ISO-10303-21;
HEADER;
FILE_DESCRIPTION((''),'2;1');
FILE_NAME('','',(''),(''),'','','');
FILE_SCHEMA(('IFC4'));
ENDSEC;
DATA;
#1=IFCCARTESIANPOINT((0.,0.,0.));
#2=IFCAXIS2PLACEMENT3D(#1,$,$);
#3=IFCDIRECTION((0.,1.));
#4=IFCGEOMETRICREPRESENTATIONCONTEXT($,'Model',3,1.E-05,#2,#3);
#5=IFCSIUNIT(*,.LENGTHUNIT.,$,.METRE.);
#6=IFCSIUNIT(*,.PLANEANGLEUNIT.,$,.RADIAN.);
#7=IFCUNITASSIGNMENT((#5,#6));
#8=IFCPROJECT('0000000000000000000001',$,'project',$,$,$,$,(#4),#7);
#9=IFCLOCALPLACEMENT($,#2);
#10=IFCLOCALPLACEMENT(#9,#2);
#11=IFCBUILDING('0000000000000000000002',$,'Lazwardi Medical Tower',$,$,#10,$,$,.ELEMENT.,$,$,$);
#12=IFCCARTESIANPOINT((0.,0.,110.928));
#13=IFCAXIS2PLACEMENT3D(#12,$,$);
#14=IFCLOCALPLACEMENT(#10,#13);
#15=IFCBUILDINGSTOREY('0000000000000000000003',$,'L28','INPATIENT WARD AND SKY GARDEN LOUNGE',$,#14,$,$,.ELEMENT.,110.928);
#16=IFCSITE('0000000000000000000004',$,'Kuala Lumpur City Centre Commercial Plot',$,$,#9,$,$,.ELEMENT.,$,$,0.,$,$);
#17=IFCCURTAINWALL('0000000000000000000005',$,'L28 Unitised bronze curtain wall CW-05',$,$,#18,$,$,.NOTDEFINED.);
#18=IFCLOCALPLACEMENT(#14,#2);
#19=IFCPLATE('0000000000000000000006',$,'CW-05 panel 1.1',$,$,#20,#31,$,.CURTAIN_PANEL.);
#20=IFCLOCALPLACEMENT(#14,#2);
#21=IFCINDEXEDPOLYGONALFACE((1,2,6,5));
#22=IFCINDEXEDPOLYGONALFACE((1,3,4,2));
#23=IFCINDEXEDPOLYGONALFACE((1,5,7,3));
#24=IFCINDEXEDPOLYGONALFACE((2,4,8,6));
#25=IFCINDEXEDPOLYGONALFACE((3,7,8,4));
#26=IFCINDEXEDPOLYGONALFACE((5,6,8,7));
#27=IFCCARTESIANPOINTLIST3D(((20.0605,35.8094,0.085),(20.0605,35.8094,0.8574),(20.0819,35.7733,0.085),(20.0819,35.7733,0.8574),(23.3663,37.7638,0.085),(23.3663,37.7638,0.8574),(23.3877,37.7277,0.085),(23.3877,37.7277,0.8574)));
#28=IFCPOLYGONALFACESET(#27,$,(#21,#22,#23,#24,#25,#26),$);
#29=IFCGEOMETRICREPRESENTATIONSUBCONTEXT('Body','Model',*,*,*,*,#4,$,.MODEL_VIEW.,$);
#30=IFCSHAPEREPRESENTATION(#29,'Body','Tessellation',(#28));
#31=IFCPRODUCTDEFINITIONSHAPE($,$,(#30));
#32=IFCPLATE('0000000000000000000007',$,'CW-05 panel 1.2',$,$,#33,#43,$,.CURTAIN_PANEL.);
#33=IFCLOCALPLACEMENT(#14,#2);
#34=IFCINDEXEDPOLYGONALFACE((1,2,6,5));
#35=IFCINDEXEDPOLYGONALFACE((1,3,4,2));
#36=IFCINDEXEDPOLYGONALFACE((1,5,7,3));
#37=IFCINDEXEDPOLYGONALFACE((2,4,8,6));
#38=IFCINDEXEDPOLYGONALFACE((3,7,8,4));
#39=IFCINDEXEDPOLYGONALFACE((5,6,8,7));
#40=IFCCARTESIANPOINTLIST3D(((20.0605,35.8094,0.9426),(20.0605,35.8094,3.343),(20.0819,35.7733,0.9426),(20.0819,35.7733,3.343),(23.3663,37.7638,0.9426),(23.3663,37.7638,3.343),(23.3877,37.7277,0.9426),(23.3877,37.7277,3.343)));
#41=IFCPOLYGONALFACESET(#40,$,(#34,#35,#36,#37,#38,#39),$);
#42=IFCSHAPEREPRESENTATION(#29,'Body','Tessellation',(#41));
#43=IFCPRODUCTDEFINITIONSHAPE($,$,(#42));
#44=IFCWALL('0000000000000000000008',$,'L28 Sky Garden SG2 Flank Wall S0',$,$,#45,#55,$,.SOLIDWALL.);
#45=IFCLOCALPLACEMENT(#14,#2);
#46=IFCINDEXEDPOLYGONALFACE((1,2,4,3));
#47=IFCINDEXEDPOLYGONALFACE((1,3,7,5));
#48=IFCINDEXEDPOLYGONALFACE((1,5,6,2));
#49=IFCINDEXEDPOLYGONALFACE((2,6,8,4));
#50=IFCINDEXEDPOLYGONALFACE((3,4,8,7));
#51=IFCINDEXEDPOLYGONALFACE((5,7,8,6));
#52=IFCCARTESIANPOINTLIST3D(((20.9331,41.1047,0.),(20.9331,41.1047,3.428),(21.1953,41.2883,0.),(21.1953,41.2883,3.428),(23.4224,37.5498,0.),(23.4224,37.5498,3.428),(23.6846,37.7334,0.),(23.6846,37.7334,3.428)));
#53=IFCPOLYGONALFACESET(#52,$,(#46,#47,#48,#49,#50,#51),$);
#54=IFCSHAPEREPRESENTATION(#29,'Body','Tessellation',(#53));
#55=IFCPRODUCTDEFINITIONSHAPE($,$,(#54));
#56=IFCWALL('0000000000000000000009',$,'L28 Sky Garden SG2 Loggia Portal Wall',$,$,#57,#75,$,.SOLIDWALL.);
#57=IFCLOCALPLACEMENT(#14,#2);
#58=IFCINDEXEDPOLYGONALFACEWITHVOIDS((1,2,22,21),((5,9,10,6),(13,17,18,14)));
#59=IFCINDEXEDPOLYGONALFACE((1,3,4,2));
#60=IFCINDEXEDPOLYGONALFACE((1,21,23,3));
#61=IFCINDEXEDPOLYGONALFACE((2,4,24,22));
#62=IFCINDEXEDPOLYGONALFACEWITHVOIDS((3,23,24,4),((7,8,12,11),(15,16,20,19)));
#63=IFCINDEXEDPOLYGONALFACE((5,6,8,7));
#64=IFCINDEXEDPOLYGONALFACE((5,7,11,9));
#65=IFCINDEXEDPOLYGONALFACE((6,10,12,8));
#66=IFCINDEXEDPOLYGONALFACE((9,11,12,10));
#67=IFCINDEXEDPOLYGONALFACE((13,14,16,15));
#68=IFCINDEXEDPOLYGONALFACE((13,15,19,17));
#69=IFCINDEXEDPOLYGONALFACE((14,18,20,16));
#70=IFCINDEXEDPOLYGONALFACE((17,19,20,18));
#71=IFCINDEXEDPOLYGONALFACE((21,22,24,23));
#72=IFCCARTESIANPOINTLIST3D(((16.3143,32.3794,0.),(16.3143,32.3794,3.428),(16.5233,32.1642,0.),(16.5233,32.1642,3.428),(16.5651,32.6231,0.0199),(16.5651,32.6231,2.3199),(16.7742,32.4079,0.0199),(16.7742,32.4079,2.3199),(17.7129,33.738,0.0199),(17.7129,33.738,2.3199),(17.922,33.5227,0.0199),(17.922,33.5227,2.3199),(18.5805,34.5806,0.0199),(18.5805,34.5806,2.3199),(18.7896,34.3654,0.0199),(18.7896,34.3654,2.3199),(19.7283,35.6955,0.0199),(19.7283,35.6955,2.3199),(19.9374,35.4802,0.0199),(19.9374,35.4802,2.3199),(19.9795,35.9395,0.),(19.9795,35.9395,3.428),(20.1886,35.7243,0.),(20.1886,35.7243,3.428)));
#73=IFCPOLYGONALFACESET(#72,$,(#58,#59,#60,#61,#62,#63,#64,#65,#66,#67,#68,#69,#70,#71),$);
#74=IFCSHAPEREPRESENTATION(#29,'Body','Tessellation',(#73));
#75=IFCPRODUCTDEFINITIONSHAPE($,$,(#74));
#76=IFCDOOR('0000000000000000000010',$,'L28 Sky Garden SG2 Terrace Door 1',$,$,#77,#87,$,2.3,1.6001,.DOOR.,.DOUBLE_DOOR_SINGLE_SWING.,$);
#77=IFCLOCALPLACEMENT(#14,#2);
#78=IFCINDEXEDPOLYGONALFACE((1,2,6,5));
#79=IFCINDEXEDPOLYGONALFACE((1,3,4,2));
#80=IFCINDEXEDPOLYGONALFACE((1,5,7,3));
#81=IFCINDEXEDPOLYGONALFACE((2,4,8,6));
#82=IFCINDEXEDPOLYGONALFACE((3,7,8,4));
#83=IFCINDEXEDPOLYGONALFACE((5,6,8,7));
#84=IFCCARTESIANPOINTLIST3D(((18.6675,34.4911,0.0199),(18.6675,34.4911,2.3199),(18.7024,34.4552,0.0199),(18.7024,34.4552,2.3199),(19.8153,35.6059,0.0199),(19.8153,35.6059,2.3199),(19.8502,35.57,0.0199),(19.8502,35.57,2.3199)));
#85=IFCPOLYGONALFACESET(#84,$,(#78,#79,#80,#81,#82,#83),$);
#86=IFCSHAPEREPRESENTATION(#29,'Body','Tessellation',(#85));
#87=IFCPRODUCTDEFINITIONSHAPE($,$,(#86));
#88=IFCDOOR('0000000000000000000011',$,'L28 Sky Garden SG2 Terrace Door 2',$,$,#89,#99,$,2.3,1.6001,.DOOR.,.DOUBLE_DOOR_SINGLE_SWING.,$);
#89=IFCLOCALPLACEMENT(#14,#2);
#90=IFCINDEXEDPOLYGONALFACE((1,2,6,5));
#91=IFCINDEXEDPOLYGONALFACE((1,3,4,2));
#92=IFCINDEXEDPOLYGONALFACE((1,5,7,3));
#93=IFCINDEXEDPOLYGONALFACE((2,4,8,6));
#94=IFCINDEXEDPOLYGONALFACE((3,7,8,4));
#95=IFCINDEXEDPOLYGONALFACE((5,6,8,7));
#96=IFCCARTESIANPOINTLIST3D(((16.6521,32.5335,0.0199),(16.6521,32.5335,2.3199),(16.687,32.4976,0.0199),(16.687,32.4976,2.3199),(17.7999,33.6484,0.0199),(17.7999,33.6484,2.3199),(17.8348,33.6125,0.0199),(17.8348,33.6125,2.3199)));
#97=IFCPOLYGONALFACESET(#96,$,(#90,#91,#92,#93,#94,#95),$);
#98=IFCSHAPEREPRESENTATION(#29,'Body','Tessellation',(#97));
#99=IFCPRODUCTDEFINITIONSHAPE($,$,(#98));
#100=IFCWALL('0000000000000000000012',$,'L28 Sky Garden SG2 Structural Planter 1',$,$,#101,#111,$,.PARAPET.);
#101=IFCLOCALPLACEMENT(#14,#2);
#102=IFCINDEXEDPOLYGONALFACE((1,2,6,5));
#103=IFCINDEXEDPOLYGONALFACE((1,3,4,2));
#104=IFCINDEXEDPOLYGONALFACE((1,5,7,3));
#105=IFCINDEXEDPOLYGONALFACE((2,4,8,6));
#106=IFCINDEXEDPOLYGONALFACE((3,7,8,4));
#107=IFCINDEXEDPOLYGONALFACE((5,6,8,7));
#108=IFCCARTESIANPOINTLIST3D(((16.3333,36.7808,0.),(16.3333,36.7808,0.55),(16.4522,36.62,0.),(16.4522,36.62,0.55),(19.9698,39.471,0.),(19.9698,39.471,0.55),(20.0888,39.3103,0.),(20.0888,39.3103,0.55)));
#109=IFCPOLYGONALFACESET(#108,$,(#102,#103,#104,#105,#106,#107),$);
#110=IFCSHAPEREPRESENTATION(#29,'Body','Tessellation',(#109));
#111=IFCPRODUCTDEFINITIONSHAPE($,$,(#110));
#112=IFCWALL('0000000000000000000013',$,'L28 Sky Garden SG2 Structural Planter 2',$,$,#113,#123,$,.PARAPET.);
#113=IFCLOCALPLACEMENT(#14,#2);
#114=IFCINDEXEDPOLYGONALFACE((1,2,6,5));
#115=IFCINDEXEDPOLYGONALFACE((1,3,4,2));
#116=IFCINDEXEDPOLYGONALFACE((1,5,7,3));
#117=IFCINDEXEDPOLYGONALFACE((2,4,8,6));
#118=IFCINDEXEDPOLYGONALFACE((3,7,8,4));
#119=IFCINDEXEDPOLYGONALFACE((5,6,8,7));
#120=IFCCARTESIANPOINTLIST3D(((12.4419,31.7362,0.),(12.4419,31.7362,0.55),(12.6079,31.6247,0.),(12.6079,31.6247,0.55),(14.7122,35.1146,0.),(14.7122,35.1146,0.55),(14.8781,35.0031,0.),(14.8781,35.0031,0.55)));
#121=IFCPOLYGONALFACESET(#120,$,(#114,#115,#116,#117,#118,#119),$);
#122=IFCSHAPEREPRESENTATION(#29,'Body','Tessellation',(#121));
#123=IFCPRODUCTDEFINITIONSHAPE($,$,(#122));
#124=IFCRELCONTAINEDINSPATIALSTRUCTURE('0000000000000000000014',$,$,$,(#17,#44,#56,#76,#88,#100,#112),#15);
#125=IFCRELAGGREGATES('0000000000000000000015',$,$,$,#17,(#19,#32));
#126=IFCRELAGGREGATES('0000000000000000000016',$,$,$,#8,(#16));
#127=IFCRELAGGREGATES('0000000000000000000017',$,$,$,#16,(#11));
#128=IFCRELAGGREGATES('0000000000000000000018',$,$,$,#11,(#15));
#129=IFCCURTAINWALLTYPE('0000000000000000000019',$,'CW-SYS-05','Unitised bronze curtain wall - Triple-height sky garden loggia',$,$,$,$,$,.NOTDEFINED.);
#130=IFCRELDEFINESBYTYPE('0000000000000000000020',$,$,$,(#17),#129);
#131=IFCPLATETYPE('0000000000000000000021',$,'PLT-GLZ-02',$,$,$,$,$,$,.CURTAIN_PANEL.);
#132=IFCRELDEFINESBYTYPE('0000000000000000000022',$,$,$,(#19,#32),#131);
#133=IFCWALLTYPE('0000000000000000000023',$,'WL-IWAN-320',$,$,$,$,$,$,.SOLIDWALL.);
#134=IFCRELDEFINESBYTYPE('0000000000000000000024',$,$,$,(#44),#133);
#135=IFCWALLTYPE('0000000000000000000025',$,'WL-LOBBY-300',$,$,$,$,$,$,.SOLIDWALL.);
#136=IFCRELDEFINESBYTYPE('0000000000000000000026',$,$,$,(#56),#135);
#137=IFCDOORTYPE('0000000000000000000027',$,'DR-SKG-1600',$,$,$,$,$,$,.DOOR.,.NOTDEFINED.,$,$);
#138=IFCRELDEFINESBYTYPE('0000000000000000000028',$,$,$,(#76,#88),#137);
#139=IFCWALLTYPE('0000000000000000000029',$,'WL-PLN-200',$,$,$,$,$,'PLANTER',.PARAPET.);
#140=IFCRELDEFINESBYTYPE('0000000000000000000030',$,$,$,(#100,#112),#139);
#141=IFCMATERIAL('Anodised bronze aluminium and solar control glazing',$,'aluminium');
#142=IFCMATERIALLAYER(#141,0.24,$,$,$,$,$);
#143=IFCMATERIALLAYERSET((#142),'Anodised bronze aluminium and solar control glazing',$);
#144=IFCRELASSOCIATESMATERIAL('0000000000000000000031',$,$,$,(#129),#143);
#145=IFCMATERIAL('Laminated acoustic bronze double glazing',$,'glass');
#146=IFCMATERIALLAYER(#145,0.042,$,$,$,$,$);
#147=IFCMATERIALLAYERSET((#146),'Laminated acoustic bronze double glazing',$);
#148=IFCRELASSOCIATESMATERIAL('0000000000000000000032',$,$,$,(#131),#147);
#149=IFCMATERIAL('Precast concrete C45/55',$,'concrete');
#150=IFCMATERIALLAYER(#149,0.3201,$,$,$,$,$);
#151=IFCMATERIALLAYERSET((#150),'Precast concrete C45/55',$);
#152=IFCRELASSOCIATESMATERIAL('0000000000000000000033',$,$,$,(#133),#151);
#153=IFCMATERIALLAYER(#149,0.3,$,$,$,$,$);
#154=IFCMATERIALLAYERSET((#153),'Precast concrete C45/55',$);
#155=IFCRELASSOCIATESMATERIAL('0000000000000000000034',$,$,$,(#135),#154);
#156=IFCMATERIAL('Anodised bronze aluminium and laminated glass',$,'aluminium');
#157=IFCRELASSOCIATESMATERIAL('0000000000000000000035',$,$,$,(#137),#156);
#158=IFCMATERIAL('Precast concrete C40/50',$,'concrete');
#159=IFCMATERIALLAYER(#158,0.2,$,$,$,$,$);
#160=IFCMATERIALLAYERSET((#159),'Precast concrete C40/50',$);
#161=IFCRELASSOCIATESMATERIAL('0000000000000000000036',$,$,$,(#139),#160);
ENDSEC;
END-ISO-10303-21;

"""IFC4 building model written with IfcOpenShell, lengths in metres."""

from ifc_helpers import new_model, si_unit, direction, frame, frame_2d, origin, origin_2d, place, context, subcontext, project, spatial, rectangle, extrude, material, layer, layer_set, type_object, element, fill, aggregate, save


model = new_model("IFC4")

# Units and contexts
model_context = context("Model", 3, precision=1e-05, world=origin(), true_north=direction((0.0, 1.0)))
body_context = subcontext(model_context, "Body", "Model", "MODEL_VIEW")
ifc_project = project(units=[si_unit("LENGTHUNIT", "METRE"), si_unit("PLANEANGLEUNIT", "RADIAN")], contexts=[model_context])

# Site, building, storey
site_placement = place(None, origin())
site = spatial("IfcSite", under=ifc_project, at=site_placement, Name="Kuala Lumpur City Centre Commercial Plot", CompositionType="ELEMENT", RefElevation=0.0)
building_placement = place(site_placement, origin())
building = spatial("IfcBuilding", under=site, at=building_placement, Name="Lazwardi Medical Tower", CompositionType="ELEMENT")
storey_placement = place(building_placement, frame((0.0, 0.0, 110.928)))
storey = spatial("IfcBuildingStorey", under=building, at=storey_placement, Name="L28", Description="INPATIENT WARD AND SKY GARDEN LOUNGE", CompositionType="ELEMENT", Elevation=110.928)

# Curtain wall
ifc_material_1 = material(Name="Anodised bronze aluminium and solar control glazing", Category="aluminium")
ifc_layer_1 = layer(ifc_material_1, 0.24)
ifc_layer_set_1 = layer_set([ifc_layer_1], Name="Anodised bronze aluminium and solar control glazing")
curtain_wall_type_1 = type_object("IfcCurtainWallType", Name="CW-SYS-05", Description="Unitised bronze curtain wall - Triple-height sky garden loggia", PredefinedType="NOTDEFINED", material=ifc_layer_set_1)
curtain_wall_1_placement = place(storey_placement, origin())
curtain_wall_1 = element("IfcCurtainWall", 1, at=curtain_wall_1_placement, inside=storey, type_object=curtain_wall_type_1, Name="L28 Unitised bronze curtain wall CW-05", PredefinedType="NOTDEFINED")

# Plates
ifc_material_2 = material(Name="Laminated acoustic bronze double glazing", Category="glass")
ifc_layer_2 = layer(ifc_material_2, 0.042)
ifc_layer_set_2 = layer_set([ifc_layer_2], Name="Laminated acoustic bronze double glazing")
plate_type = type_object("IfcPlateType", Name="PLT-GLZ-02", PredefinedType="CURTAIN_PANEL", material=ifc_layer_set_2)
plate_1_placement = place(storey_placement, frame((21.7241, 36.7686, 0.085), z_axis=(0.0, 0.0, 1.0), x_axis=(-0.860815, -0.508918, 0.0)))
plate_1 = element("IfcPlate", 2, at=plate_1_placement, type_object=plate_type, Name="CW-05 panel 1.1", PredefinedType="CURTAIN_PANEL", context=body_context, shape_type="SweptSolid", body=[
    extrude(rectangle(XDim=3.8403, YDim=0.042, at=origin_2d()), origin(), (0.0, 0.0, 1.0), 0.7725),
])
plate_2_placement = place(storey_placement, frame((21.7241, 36.7686, 0.9426), z_axis=(0.0, 0.0, 1.0), x_axis=(-0.860815, -0.508918, 0.0)))
plate_2 = element("IfcPlate", 3, at=plate_2_placement, type_object=plate_type, Name="CW-05 panel 1.2", PredefinedType="CURTAIN_PANEL", context=body_context, shape_type="SweptSolid", body=[
    extrude(rectangle(XDim=3.8403, YDim=0.042, at=origin_2d()), origin(), (0.0, 0.0, 1.0), 2.4004),
])
aggregate(curtain_wall_1, [plate_1, plate_2])

# Wall
ifc_material_3 = material(Name="Precast concrete C45/55", Category="concrete")
ifc_layer_3 = layer(ifc_material_3, 0.3201)
ifc_layer_set_3 = layer_set([ifc_layer_3], Name="Precast concrete C45/55")
wall_type_1 = type_object("IfcWallType", Name="WL-IWAN-320", PredefinedType="SOLIDWALL", material=ifc_layer_set_3)
wall_1_placement = place(storey_placement, frame((21.0642, 41.1965, 0.0), z_axis=(0.0, 0.0, 1.0), x_axis=(0.573587, -0.819145, 0.0)))
element("IfcWall", 4, at=wall_1_placement, inside=storey, type_object=wall_type_1, Name="L28 Sky Garden SG2 Flank Wall S0", PredefinedType="SOLIDWALL", context=body_context, shape_type="SweptSolid", body=[
    extrude(rectangle(XDim=4.3398, YDim=0.3201, at=frame_2d((2.1699, 0.0))), origin(), (0.0, 0.0, 1.0), 3.428),
])

# Wall, openings, doors
ifc_layer_4 = layer(ifc_material_3, 0.3)
ifc_layer_set_4 = layer_set([ifc_layer_4], Name="Precast concrete C45/55")
wall_type_2 = type_object("IfcWallType", Name="WL-LOBBY-300", PredefinedType="SOLIDWALL", material=ifc_layer_set_4)
wall_2_placement = place(storey_placement, frame((20.084, 35.8318, 0.0), z_axis=(0.0, 0.0, 1.0), x_axis=(-0.717329, -0.696735, 0.0)))
wall_2 = element("IfcWall", 5, at=wall_2_placement, inside=storey, type_object=wall_type_2, Name="L28 Sky Garden SG2 Loggia Portal Wall", PredefinedType="SOLIDWALL", context=body_context, shape_type="SweptSolid", body=[
    extrude(rectangle(XDim=5.1096, YDim=0.3, at=frame_2d((2.5547, 0.0))), origin(), (0.0, 0.0, 1.0), 3.428),
])
opening_1_placement = place(wall_2_placement, frame((0.3501, 0.0, 0.02)))
opening_1 = element("IfcOpeningElement", 6, at=opening_1_placement, cuts=wall_2, PredefinedType="OPENING", context=body_context, shape_type="SweptSolid", body=[
    extrude(rectangle(XDim=1.6001, YDim=2.3, at=frame_2d((0.8, 1.1499))), frame((0.0, 0.1599, 0.0), z_axis=(0.0, -1.0, 0.0), x_axis=(1.0, 0.0, 0.0)), (0.0, 0.0, 1.0), 0.3201),
])
opening_2_placement = place(wall_2_placement, frame((3.1597, 0.0, 0.02)))
opening_2 = element("IfcOpeningElement", 7, at=opening_2_placement, cuts=wall_2, PredefinedType="OPENING", context=body_context, shape_type="SweptSolid", body=[
    extrude(rectangle(XDim=1.6001, YDim=2.3, at=frame_2d((0.8, 1.1499))), frame((0.0, 0.1599, 0.0), z_axis=(0.0, -1.0, 0.0), x_axis=(1.0, 0.0, 0.0)), (0.0, 0.0, 1.0), 0.3201),
])
ifc_material_4 = material(Name="Anodised bronze aluminium and laminated glass", Category="aluminium")
door_type = type_object("IfcDoorType", Name="DR-SKG-1600", OperationType="NOTDEFINED", PredefinedType="DOOR", material=ifc_material_4)
door_1_placement = place(opening_1_placement, origin())
door_1 = element("IfcDoor", 8, at=door_1_placement, inside=storey, type_object=door_type, Name="L28 Sky Garden SG2 Terrace Door 1", OperationType="DOUBLE_DOOR_SINGLE_SWING", OverallHeight=2.3, OverallWidth=1.6001, PredefinedType="DOOR", context=body_context, shape_type="SweptSolid", body=[
    extrude(rectangle(XDim=1.6001, YDim=2.3, at=frame_2d((0.8, 1.1499))), frame((0.0, 0.0249, 0.0), z_axis=(0.0, -1.0, 0.0), x_axis=(1.0, 0.0, 0.0)), (0.0, 0.0, 1.0), 0.05),
])
fill(opening_1, door_1)
door_2_placement = place(opening_2_placement, origin())
door_2 = element("IfcDoor", 9, at=door_2_placement, inside=storey, type_object=door_type, Name="L28 Sky Garden SG2 Terrace Door 2", OperationType="DOUBLE_DOOR_SINGLE_SWING", OverallHeight=2.3, OverallWidth=1.6001, PredefinedType="DOOR", context=body_context, shape_type="SweptSolid", body=[
    extrude(rectangle(XDim=1.6001, YDim=2.3, at=frame_2d((0.8, 1.1499))), frame((0.0, 0.0249, 0.0), z_axis=(0.0, -1.0, 0.0), x_axis=(1.0, 0.0, 0.0)), (0.0, 0.0, 1.0), 0.05),
])
fill(opening_2, door_2)

# Walls
ifc_material_5 = material(Name="Precast concrete C40/50", Category="concrete")
ifc_layer_5 = layer(ifc_material_5, 0.2)
ifc_layer_set_5 = layer_set([ifc_layer_5], Name="Precast concrete C40/50")
wall_type_3 = type_object("IfcWallType", Name="WL-PLN-200", ElementType="PLANTER", PredefinedType="PARAPET", material=ifc_layer_set_5)
wall_3_placement = place(storey_placement, frame((20.0293, 39.3906, 0.0), z_axis=(0.0, 0.0, 1.0), x_axis=(-0.803927, -0.594728, 0.0)))
element("IfcWall", 10, at=wall_3_placement, inside=storey, type_object=wall_type_3, Name="L28 Sky Garden SG2 Structural Planter 1", PredefinedType="PARAPET", context=body_context, shape_type="SweptSolid", body=[
    extrude(rectangle(XDim=4.5234, YDim=0.2, at=frame_2d((2.2617, 0.0))), origin(), (0.0, 0.0, 1.0), 0.55),
])
wall_4_placement = place(storey_placement, frame((14.7952, 35.0588, 0.0), z_axis=(0.0, 0.0, 1.0), x_axis=(-0.557755, -0.830005, 0.0)))
element("IfcWall", 11, at=wall_4_placement, inside=storey, type_object=wall_type_3, Name="L28 Sky Garden SG2 Structural Planter 2", PredefinedType="PARAPET", context=body_context, shape_type="SweptSolid", body=[
    extrude(rectangle(XDim=4.0703, YDim=0.2, at=frame_2d((2.0352, 0.0))), origin(), (0.0, 0.0, 1.0), 0.55),
])

save(model, "model.ifc")
